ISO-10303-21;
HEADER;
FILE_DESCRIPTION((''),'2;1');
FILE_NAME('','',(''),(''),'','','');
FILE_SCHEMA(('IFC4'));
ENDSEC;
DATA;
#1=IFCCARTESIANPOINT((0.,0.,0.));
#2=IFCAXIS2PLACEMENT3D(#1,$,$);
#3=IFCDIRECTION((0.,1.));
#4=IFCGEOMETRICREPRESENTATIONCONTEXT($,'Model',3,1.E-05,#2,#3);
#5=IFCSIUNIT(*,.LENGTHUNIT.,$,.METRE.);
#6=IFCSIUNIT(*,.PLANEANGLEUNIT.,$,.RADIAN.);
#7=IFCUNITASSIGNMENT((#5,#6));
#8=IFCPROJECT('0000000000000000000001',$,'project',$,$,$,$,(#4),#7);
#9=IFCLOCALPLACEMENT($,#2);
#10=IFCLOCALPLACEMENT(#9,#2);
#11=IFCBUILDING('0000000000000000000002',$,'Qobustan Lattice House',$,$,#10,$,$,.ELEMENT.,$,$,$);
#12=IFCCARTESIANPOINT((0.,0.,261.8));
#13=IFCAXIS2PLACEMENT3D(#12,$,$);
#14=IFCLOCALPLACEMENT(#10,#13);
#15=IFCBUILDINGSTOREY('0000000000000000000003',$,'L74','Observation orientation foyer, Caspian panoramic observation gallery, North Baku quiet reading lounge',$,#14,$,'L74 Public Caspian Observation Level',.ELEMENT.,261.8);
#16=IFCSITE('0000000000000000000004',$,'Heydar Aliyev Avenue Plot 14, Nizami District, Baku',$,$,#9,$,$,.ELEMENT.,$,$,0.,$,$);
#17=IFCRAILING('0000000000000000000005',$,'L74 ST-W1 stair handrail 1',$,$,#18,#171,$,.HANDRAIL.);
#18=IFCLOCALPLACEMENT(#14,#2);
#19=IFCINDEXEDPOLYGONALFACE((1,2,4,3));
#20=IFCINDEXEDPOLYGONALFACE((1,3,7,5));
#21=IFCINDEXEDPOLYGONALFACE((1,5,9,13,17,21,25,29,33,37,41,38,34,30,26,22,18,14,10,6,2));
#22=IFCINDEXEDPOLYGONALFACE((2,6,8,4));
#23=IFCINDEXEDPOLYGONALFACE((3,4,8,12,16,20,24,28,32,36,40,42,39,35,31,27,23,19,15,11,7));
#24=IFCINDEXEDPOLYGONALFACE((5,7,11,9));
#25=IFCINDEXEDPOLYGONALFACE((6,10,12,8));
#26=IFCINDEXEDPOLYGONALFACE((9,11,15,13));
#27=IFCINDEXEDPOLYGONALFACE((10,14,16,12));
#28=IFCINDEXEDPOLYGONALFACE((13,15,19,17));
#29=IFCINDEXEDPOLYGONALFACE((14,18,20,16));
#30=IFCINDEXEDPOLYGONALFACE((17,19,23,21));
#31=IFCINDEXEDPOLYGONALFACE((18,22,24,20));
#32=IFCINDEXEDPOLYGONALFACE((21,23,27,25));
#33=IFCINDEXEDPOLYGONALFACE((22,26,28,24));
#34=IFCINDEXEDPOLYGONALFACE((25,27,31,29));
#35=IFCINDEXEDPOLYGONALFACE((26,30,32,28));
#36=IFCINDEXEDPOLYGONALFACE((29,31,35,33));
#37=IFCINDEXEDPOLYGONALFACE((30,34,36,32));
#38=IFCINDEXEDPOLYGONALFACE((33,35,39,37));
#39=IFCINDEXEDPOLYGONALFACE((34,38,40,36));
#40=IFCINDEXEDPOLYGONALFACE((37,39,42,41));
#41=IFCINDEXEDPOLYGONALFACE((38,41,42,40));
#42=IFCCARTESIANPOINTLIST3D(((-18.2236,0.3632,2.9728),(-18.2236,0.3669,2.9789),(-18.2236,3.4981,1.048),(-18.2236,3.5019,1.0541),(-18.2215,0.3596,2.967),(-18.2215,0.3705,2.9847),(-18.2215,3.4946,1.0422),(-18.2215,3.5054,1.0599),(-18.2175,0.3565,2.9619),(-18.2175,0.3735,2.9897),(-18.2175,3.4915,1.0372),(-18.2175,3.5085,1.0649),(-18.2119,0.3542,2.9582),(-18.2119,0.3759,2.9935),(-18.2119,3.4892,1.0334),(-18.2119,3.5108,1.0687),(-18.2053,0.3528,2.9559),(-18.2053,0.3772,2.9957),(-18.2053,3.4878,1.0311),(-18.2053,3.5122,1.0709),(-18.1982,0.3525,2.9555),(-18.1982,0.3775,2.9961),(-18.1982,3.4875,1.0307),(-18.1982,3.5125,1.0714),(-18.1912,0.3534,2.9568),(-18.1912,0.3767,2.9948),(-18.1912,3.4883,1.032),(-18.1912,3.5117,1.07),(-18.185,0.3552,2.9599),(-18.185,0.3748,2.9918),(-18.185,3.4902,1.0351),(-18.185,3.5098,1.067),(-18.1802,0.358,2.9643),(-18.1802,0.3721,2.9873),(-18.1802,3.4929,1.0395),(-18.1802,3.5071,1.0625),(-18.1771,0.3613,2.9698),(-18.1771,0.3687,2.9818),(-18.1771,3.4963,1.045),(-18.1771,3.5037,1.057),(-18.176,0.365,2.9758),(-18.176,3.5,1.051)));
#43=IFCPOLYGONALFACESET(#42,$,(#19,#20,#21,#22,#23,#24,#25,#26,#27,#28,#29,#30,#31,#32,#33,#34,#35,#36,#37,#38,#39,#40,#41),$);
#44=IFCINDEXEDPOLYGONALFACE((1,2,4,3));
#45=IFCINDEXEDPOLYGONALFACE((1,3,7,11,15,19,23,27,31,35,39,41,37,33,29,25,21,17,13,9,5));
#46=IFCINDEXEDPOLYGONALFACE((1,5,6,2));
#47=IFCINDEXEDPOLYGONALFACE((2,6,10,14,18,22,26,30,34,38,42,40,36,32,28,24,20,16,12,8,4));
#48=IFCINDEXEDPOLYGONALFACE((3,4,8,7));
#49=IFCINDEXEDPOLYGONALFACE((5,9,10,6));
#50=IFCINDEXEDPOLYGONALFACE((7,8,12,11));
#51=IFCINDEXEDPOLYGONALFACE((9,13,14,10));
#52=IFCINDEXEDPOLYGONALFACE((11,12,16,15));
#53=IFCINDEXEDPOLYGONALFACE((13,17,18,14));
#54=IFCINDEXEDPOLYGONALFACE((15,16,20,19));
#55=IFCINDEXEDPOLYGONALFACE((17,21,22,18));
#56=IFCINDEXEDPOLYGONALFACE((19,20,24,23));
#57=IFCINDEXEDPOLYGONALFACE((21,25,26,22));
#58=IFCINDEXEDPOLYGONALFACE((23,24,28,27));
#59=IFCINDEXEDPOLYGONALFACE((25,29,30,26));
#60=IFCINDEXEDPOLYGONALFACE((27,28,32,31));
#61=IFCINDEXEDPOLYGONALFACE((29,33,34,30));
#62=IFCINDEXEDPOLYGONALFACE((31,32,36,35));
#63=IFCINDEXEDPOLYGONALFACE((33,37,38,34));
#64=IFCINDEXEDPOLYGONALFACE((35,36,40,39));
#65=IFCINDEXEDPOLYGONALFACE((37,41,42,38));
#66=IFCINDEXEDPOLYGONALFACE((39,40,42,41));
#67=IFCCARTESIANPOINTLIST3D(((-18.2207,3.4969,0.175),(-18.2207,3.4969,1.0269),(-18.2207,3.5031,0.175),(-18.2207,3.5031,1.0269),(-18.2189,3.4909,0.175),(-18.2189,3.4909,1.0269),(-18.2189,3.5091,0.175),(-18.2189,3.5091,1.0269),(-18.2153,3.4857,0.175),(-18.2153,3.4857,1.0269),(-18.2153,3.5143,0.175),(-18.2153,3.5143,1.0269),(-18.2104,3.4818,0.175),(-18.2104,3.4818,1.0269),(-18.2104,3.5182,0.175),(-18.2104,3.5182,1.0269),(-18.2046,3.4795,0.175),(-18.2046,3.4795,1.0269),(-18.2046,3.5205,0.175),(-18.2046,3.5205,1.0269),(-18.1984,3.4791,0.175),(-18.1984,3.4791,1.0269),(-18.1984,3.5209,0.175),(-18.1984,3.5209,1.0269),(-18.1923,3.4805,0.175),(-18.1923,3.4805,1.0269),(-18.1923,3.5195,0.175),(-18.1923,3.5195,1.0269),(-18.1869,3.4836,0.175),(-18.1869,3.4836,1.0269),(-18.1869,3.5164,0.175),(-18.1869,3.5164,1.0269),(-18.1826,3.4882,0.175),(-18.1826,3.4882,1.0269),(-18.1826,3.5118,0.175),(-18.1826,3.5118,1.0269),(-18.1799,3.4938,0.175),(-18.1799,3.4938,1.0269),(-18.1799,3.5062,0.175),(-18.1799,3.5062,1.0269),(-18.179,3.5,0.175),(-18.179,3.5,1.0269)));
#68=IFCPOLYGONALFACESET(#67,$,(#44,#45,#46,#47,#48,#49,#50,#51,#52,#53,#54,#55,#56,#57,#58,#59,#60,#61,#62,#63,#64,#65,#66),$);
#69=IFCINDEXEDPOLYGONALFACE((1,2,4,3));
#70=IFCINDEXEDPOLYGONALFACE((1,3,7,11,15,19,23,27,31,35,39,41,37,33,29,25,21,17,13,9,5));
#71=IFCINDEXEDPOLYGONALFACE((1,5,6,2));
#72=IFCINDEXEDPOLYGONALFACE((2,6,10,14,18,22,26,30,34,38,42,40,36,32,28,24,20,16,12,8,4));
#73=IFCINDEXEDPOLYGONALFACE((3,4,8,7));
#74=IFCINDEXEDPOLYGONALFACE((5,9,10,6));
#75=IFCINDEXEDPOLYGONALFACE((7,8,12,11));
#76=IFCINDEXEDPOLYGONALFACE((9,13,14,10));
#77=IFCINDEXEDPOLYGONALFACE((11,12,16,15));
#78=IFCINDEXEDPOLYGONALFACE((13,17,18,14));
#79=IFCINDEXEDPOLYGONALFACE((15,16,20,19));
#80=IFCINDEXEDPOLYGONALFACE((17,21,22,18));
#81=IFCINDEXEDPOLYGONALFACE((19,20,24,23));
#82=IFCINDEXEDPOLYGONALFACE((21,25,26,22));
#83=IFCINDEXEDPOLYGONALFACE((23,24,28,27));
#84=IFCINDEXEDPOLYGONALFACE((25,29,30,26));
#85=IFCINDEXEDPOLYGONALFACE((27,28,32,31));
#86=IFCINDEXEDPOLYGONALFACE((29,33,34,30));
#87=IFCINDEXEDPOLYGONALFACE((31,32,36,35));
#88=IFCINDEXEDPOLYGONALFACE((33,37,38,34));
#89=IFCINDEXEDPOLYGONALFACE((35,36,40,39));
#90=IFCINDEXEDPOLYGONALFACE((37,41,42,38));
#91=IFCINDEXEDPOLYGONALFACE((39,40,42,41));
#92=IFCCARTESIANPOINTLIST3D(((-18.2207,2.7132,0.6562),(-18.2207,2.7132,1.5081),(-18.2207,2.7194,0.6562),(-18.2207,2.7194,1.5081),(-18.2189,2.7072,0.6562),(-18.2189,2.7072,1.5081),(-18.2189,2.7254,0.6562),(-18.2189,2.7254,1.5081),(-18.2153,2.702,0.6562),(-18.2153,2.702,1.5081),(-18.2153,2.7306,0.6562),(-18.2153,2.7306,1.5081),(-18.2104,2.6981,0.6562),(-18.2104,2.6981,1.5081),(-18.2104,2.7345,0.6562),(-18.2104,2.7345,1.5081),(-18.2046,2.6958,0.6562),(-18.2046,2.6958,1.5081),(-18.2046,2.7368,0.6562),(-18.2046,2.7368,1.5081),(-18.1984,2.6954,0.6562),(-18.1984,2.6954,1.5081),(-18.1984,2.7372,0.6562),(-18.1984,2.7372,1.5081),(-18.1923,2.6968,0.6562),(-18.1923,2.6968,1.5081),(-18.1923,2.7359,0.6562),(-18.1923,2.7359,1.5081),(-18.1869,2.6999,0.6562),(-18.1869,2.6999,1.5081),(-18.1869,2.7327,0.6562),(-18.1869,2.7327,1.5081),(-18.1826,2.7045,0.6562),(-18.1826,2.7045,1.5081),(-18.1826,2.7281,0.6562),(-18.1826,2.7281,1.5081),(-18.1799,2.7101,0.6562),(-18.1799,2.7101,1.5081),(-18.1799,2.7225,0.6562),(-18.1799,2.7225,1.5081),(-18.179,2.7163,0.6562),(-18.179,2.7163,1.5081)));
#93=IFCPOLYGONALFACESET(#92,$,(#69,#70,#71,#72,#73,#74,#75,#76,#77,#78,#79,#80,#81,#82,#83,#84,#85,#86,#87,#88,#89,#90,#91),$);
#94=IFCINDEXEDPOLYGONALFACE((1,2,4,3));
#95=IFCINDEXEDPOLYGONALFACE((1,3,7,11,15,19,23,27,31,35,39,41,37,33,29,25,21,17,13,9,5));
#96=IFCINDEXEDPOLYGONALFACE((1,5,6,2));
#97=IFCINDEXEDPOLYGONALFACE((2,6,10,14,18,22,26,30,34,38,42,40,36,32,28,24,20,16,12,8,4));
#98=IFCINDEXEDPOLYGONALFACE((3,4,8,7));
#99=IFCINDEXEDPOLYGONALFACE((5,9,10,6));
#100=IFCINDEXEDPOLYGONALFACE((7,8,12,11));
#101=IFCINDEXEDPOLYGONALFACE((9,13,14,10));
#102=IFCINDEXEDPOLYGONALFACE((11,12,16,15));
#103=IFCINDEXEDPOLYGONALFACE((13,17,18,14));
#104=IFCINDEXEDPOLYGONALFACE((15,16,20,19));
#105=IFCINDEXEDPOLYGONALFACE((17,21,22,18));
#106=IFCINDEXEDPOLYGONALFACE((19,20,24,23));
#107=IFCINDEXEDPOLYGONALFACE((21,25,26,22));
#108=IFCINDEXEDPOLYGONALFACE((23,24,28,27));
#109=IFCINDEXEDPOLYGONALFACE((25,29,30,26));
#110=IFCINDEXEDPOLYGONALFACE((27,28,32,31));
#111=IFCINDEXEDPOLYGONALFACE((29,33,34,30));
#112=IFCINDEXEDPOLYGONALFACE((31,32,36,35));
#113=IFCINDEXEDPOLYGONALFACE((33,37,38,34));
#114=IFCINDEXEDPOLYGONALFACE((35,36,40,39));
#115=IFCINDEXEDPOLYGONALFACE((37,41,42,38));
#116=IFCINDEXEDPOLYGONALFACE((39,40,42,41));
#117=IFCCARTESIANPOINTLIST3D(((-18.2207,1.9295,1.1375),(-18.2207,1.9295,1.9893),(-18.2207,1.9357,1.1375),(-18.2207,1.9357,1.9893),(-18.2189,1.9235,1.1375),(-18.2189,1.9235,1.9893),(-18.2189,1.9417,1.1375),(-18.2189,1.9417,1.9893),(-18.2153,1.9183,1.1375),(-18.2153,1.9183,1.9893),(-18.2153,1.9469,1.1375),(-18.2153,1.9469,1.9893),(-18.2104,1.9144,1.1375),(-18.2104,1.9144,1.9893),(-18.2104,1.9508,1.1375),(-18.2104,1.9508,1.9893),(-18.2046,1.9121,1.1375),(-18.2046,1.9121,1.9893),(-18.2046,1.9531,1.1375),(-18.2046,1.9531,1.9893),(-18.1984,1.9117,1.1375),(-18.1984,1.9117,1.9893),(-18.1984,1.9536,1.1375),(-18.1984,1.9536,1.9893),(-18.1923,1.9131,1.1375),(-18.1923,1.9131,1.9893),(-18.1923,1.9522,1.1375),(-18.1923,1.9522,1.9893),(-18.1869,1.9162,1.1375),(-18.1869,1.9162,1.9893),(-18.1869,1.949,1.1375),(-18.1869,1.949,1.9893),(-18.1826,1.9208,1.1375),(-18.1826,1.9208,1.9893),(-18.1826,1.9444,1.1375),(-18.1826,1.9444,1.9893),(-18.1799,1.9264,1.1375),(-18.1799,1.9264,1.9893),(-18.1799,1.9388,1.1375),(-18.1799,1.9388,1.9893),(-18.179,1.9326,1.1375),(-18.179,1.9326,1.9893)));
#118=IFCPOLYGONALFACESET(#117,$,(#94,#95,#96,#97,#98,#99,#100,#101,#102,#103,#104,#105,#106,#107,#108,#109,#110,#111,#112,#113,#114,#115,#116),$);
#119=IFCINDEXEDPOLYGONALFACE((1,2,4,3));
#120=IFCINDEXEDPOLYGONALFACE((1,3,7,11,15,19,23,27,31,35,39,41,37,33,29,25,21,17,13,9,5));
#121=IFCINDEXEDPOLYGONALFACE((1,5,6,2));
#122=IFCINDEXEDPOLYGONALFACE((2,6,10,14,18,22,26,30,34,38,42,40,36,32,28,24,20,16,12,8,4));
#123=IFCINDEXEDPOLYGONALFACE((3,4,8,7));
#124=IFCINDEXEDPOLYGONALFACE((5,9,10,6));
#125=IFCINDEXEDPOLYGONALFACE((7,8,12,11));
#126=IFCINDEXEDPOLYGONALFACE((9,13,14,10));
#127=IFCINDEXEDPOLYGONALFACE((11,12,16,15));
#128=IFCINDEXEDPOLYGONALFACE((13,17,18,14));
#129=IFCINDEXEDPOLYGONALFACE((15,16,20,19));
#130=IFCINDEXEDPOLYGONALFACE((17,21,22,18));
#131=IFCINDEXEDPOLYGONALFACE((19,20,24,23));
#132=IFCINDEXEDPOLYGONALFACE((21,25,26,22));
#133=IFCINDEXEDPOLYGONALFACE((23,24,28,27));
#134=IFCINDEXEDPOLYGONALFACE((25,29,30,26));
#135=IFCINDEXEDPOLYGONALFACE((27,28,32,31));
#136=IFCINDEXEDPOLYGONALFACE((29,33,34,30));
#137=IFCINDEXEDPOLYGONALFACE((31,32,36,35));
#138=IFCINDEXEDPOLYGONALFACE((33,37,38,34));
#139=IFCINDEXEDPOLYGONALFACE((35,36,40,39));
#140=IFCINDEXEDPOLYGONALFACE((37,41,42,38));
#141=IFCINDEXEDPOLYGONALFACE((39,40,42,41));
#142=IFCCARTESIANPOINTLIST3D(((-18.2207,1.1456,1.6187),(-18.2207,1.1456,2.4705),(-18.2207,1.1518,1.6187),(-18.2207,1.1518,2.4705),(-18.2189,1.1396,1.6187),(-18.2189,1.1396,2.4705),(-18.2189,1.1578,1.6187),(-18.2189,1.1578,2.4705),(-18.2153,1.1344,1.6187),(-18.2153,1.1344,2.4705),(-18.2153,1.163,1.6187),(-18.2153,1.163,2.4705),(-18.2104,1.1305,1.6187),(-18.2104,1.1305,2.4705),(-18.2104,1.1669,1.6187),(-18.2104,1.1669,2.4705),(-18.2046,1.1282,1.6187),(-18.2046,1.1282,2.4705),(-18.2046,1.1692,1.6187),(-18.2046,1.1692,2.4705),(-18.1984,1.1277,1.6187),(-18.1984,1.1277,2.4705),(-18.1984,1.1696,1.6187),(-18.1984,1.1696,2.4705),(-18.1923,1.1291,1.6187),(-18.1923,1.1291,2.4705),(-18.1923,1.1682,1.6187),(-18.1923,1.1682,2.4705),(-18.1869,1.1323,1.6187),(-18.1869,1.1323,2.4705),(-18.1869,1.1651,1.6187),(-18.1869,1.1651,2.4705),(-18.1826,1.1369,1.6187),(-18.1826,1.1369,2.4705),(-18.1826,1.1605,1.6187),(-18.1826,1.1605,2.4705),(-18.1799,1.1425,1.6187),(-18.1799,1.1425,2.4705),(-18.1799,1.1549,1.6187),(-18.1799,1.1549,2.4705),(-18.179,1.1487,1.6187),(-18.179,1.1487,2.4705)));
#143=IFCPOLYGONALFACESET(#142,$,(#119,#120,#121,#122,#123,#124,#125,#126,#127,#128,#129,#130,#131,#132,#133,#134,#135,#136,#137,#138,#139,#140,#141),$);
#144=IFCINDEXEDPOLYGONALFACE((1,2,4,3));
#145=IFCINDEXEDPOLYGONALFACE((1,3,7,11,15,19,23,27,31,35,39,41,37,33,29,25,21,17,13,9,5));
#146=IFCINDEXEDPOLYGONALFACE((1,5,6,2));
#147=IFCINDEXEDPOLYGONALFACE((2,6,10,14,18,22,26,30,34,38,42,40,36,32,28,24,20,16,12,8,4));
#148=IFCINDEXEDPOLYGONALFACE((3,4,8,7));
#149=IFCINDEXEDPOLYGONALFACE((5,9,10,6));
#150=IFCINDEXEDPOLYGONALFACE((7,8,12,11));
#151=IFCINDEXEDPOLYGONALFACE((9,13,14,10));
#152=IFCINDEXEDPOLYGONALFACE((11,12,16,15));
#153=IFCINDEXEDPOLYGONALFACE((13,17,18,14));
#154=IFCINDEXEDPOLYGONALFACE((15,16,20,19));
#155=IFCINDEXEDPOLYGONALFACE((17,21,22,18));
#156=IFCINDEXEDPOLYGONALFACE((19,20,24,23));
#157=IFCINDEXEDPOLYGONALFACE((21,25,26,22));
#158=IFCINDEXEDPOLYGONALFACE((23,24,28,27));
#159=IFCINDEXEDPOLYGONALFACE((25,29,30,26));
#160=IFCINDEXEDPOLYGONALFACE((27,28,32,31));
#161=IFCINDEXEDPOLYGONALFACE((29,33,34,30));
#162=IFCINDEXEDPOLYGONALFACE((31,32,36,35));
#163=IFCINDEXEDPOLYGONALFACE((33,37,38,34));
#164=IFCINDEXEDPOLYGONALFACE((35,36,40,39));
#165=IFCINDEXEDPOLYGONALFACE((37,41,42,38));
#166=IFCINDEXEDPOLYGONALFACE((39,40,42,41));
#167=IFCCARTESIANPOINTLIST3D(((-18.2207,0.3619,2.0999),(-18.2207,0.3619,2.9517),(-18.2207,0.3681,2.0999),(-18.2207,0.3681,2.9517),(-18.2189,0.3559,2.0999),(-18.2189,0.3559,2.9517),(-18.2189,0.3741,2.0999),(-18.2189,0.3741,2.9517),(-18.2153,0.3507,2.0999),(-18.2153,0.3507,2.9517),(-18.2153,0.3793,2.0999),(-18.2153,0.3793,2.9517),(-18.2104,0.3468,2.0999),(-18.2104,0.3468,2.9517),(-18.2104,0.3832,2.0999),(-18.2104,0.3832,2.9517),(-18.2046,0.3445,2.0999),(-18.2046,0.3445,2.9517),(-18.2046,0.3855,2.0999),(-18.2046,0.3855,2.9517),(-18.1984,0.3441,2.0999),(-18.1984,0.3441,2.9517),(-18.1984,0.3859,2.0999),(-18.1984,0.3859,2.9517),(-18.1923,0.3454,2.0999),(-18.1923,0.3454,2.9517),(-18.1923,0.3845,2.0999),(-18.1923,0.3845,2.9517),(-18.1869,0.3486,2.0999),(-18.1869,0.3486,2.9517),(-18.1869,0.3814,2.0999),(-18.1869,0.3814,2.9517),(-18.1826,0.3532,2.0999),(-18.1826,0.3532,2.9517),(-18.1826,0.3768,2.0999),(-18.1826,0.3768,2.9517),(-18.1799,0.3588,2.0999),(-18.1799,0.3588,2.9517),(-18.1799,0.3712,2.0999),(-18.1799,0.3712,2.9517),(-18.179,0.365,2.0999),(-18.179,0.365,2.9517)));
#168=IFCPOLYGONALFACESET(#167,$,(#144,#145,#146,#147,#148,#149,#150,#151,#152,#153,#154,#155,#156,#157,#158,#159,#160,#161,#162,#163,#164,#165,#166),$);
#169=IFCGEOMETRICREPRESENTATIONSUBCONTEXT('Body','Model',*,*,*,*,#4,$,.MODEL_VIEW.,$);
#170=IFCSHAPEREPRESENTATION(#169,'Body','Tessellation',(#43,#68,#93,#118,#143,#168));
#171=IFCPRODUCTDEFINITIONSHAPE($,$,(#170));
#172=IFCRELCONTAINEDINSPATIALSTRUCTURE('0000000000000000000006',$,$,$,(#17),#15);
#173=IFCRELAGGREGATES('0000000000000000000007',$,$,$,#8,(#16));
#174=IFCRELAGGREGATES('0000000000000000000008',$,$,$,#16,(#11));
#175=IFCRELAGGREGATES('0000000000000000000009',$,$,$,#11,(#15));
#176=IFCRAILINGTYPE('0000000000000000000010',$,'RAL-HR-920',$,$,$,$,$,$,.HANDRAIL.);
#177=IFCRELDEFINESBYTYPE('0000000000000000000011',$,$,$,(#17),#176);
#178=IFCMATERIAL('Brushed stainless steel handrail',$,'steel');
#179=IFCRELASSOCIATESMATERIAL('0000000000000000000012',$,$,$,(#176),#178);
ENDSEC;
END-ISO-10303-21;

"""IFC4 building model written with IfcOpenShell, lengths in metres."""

from ifc_helpers import new_model, si_unit, direction, frame, origin, origin_2d, place, context, subcontext, project, spatial, circle, extrude, material, type_object, element, save


model = new_model("IFC4")

# Units and contexts
model_context = context("Model", 3, precision=1e-05, world=origin(), true_north=direction((0.0, 1.0)))
body_context = subcontext(model_context, "Body", "Model", "MODEL_VIEW")
ifc_project = project(units=[si_unit("LENGTHUNIT", "METRE"), si_unit("PLANEANGLEUNIT", "RADIAN")], contexts=[model_context])

# Site, building, storey
site_placement = place(None, origin())
site = spatial("IfcSite", under=ifc_project, at=site_placement, Name="Heydar Aliyev Avenue Plot 14, Nizami District, Baku", CompositionType="ELEMENT", RefElevation=0.0)
building_placement = place(site_placement, origin())
building = spatial("IfcBuilding", under=site, at=building_placement, Name="Qobustan Lattice House", CompositionType="ELEMENT")
storey_placement = place(building_placement, frame((0.0, 0.0, 261.8)))
storey = spatial("IfcBuildingStorey", under=building, at=storey_placement, Name="L74", Description="Observation orientation foyer, Caspian panoramic observation gallery, North Baku quiet reading lounge", LongName="L74 Public Caspian Observation Level", CompositionType="ELEMENT", Elevation=261.8)

# Railing
ifc_material_1 = material(Name="Brushed stainless steel handrail", Category="steel")
railing_type = type_object("IfcRailingType", Name="RAL-HR-920", PredefinedType="HANDRAIL", material=ifc_material_1)
railing_placement = place(storey_placement, frame((-18.2, 3.5, 0.175)))
element("IfcRailing", 1, at=railing_placement, inside=storey, type_object=railing_type, Name="L74 ST-W1 stair handrail 1", PredefinedType="HANDRAIL", context=body_context, shape_type="SweptSolid", body=[
    extrude(circle(Radius=0.0239, at=origin_2d()), frame((0.0, 0.0, 0.876), z_axis=(0.0, -0.852196, 0.523223), x_axis=(1.0, 0.0, 0.0)), (0.0, 0.0, 1.0), 3.6787),
    extrude(circle(Radius=0.021, at=origin_2d()), origin(), (0.0, 0.0, 1.0), 0.8518),
    extrude(circle(Radius=0.021, at=origin_2d()), frame((0.0, -0.7837, 0.4812)), (0.0, 0.0, 1.0), 0.8518),
    extrude(circle(Radius=0.021, at=origin_2d()), frame((0.0, -1.5674, 0.9624)), (0.0, 0.0, 1.0), 0.8518),
    extrude(circle(Radius=0.021, at=origin_2d()), frame((0.0, -2.3513, 1.4436)), (0.0, 0.0, 1.0), 0.8518),
    extrude(circle(Radius=0.021, at=origin_2d()), frame((0.0, -3.135, 1.9248)), (0.0, 0.0, 1.0), 0.8518),
])

save(model, "model.ifc")
